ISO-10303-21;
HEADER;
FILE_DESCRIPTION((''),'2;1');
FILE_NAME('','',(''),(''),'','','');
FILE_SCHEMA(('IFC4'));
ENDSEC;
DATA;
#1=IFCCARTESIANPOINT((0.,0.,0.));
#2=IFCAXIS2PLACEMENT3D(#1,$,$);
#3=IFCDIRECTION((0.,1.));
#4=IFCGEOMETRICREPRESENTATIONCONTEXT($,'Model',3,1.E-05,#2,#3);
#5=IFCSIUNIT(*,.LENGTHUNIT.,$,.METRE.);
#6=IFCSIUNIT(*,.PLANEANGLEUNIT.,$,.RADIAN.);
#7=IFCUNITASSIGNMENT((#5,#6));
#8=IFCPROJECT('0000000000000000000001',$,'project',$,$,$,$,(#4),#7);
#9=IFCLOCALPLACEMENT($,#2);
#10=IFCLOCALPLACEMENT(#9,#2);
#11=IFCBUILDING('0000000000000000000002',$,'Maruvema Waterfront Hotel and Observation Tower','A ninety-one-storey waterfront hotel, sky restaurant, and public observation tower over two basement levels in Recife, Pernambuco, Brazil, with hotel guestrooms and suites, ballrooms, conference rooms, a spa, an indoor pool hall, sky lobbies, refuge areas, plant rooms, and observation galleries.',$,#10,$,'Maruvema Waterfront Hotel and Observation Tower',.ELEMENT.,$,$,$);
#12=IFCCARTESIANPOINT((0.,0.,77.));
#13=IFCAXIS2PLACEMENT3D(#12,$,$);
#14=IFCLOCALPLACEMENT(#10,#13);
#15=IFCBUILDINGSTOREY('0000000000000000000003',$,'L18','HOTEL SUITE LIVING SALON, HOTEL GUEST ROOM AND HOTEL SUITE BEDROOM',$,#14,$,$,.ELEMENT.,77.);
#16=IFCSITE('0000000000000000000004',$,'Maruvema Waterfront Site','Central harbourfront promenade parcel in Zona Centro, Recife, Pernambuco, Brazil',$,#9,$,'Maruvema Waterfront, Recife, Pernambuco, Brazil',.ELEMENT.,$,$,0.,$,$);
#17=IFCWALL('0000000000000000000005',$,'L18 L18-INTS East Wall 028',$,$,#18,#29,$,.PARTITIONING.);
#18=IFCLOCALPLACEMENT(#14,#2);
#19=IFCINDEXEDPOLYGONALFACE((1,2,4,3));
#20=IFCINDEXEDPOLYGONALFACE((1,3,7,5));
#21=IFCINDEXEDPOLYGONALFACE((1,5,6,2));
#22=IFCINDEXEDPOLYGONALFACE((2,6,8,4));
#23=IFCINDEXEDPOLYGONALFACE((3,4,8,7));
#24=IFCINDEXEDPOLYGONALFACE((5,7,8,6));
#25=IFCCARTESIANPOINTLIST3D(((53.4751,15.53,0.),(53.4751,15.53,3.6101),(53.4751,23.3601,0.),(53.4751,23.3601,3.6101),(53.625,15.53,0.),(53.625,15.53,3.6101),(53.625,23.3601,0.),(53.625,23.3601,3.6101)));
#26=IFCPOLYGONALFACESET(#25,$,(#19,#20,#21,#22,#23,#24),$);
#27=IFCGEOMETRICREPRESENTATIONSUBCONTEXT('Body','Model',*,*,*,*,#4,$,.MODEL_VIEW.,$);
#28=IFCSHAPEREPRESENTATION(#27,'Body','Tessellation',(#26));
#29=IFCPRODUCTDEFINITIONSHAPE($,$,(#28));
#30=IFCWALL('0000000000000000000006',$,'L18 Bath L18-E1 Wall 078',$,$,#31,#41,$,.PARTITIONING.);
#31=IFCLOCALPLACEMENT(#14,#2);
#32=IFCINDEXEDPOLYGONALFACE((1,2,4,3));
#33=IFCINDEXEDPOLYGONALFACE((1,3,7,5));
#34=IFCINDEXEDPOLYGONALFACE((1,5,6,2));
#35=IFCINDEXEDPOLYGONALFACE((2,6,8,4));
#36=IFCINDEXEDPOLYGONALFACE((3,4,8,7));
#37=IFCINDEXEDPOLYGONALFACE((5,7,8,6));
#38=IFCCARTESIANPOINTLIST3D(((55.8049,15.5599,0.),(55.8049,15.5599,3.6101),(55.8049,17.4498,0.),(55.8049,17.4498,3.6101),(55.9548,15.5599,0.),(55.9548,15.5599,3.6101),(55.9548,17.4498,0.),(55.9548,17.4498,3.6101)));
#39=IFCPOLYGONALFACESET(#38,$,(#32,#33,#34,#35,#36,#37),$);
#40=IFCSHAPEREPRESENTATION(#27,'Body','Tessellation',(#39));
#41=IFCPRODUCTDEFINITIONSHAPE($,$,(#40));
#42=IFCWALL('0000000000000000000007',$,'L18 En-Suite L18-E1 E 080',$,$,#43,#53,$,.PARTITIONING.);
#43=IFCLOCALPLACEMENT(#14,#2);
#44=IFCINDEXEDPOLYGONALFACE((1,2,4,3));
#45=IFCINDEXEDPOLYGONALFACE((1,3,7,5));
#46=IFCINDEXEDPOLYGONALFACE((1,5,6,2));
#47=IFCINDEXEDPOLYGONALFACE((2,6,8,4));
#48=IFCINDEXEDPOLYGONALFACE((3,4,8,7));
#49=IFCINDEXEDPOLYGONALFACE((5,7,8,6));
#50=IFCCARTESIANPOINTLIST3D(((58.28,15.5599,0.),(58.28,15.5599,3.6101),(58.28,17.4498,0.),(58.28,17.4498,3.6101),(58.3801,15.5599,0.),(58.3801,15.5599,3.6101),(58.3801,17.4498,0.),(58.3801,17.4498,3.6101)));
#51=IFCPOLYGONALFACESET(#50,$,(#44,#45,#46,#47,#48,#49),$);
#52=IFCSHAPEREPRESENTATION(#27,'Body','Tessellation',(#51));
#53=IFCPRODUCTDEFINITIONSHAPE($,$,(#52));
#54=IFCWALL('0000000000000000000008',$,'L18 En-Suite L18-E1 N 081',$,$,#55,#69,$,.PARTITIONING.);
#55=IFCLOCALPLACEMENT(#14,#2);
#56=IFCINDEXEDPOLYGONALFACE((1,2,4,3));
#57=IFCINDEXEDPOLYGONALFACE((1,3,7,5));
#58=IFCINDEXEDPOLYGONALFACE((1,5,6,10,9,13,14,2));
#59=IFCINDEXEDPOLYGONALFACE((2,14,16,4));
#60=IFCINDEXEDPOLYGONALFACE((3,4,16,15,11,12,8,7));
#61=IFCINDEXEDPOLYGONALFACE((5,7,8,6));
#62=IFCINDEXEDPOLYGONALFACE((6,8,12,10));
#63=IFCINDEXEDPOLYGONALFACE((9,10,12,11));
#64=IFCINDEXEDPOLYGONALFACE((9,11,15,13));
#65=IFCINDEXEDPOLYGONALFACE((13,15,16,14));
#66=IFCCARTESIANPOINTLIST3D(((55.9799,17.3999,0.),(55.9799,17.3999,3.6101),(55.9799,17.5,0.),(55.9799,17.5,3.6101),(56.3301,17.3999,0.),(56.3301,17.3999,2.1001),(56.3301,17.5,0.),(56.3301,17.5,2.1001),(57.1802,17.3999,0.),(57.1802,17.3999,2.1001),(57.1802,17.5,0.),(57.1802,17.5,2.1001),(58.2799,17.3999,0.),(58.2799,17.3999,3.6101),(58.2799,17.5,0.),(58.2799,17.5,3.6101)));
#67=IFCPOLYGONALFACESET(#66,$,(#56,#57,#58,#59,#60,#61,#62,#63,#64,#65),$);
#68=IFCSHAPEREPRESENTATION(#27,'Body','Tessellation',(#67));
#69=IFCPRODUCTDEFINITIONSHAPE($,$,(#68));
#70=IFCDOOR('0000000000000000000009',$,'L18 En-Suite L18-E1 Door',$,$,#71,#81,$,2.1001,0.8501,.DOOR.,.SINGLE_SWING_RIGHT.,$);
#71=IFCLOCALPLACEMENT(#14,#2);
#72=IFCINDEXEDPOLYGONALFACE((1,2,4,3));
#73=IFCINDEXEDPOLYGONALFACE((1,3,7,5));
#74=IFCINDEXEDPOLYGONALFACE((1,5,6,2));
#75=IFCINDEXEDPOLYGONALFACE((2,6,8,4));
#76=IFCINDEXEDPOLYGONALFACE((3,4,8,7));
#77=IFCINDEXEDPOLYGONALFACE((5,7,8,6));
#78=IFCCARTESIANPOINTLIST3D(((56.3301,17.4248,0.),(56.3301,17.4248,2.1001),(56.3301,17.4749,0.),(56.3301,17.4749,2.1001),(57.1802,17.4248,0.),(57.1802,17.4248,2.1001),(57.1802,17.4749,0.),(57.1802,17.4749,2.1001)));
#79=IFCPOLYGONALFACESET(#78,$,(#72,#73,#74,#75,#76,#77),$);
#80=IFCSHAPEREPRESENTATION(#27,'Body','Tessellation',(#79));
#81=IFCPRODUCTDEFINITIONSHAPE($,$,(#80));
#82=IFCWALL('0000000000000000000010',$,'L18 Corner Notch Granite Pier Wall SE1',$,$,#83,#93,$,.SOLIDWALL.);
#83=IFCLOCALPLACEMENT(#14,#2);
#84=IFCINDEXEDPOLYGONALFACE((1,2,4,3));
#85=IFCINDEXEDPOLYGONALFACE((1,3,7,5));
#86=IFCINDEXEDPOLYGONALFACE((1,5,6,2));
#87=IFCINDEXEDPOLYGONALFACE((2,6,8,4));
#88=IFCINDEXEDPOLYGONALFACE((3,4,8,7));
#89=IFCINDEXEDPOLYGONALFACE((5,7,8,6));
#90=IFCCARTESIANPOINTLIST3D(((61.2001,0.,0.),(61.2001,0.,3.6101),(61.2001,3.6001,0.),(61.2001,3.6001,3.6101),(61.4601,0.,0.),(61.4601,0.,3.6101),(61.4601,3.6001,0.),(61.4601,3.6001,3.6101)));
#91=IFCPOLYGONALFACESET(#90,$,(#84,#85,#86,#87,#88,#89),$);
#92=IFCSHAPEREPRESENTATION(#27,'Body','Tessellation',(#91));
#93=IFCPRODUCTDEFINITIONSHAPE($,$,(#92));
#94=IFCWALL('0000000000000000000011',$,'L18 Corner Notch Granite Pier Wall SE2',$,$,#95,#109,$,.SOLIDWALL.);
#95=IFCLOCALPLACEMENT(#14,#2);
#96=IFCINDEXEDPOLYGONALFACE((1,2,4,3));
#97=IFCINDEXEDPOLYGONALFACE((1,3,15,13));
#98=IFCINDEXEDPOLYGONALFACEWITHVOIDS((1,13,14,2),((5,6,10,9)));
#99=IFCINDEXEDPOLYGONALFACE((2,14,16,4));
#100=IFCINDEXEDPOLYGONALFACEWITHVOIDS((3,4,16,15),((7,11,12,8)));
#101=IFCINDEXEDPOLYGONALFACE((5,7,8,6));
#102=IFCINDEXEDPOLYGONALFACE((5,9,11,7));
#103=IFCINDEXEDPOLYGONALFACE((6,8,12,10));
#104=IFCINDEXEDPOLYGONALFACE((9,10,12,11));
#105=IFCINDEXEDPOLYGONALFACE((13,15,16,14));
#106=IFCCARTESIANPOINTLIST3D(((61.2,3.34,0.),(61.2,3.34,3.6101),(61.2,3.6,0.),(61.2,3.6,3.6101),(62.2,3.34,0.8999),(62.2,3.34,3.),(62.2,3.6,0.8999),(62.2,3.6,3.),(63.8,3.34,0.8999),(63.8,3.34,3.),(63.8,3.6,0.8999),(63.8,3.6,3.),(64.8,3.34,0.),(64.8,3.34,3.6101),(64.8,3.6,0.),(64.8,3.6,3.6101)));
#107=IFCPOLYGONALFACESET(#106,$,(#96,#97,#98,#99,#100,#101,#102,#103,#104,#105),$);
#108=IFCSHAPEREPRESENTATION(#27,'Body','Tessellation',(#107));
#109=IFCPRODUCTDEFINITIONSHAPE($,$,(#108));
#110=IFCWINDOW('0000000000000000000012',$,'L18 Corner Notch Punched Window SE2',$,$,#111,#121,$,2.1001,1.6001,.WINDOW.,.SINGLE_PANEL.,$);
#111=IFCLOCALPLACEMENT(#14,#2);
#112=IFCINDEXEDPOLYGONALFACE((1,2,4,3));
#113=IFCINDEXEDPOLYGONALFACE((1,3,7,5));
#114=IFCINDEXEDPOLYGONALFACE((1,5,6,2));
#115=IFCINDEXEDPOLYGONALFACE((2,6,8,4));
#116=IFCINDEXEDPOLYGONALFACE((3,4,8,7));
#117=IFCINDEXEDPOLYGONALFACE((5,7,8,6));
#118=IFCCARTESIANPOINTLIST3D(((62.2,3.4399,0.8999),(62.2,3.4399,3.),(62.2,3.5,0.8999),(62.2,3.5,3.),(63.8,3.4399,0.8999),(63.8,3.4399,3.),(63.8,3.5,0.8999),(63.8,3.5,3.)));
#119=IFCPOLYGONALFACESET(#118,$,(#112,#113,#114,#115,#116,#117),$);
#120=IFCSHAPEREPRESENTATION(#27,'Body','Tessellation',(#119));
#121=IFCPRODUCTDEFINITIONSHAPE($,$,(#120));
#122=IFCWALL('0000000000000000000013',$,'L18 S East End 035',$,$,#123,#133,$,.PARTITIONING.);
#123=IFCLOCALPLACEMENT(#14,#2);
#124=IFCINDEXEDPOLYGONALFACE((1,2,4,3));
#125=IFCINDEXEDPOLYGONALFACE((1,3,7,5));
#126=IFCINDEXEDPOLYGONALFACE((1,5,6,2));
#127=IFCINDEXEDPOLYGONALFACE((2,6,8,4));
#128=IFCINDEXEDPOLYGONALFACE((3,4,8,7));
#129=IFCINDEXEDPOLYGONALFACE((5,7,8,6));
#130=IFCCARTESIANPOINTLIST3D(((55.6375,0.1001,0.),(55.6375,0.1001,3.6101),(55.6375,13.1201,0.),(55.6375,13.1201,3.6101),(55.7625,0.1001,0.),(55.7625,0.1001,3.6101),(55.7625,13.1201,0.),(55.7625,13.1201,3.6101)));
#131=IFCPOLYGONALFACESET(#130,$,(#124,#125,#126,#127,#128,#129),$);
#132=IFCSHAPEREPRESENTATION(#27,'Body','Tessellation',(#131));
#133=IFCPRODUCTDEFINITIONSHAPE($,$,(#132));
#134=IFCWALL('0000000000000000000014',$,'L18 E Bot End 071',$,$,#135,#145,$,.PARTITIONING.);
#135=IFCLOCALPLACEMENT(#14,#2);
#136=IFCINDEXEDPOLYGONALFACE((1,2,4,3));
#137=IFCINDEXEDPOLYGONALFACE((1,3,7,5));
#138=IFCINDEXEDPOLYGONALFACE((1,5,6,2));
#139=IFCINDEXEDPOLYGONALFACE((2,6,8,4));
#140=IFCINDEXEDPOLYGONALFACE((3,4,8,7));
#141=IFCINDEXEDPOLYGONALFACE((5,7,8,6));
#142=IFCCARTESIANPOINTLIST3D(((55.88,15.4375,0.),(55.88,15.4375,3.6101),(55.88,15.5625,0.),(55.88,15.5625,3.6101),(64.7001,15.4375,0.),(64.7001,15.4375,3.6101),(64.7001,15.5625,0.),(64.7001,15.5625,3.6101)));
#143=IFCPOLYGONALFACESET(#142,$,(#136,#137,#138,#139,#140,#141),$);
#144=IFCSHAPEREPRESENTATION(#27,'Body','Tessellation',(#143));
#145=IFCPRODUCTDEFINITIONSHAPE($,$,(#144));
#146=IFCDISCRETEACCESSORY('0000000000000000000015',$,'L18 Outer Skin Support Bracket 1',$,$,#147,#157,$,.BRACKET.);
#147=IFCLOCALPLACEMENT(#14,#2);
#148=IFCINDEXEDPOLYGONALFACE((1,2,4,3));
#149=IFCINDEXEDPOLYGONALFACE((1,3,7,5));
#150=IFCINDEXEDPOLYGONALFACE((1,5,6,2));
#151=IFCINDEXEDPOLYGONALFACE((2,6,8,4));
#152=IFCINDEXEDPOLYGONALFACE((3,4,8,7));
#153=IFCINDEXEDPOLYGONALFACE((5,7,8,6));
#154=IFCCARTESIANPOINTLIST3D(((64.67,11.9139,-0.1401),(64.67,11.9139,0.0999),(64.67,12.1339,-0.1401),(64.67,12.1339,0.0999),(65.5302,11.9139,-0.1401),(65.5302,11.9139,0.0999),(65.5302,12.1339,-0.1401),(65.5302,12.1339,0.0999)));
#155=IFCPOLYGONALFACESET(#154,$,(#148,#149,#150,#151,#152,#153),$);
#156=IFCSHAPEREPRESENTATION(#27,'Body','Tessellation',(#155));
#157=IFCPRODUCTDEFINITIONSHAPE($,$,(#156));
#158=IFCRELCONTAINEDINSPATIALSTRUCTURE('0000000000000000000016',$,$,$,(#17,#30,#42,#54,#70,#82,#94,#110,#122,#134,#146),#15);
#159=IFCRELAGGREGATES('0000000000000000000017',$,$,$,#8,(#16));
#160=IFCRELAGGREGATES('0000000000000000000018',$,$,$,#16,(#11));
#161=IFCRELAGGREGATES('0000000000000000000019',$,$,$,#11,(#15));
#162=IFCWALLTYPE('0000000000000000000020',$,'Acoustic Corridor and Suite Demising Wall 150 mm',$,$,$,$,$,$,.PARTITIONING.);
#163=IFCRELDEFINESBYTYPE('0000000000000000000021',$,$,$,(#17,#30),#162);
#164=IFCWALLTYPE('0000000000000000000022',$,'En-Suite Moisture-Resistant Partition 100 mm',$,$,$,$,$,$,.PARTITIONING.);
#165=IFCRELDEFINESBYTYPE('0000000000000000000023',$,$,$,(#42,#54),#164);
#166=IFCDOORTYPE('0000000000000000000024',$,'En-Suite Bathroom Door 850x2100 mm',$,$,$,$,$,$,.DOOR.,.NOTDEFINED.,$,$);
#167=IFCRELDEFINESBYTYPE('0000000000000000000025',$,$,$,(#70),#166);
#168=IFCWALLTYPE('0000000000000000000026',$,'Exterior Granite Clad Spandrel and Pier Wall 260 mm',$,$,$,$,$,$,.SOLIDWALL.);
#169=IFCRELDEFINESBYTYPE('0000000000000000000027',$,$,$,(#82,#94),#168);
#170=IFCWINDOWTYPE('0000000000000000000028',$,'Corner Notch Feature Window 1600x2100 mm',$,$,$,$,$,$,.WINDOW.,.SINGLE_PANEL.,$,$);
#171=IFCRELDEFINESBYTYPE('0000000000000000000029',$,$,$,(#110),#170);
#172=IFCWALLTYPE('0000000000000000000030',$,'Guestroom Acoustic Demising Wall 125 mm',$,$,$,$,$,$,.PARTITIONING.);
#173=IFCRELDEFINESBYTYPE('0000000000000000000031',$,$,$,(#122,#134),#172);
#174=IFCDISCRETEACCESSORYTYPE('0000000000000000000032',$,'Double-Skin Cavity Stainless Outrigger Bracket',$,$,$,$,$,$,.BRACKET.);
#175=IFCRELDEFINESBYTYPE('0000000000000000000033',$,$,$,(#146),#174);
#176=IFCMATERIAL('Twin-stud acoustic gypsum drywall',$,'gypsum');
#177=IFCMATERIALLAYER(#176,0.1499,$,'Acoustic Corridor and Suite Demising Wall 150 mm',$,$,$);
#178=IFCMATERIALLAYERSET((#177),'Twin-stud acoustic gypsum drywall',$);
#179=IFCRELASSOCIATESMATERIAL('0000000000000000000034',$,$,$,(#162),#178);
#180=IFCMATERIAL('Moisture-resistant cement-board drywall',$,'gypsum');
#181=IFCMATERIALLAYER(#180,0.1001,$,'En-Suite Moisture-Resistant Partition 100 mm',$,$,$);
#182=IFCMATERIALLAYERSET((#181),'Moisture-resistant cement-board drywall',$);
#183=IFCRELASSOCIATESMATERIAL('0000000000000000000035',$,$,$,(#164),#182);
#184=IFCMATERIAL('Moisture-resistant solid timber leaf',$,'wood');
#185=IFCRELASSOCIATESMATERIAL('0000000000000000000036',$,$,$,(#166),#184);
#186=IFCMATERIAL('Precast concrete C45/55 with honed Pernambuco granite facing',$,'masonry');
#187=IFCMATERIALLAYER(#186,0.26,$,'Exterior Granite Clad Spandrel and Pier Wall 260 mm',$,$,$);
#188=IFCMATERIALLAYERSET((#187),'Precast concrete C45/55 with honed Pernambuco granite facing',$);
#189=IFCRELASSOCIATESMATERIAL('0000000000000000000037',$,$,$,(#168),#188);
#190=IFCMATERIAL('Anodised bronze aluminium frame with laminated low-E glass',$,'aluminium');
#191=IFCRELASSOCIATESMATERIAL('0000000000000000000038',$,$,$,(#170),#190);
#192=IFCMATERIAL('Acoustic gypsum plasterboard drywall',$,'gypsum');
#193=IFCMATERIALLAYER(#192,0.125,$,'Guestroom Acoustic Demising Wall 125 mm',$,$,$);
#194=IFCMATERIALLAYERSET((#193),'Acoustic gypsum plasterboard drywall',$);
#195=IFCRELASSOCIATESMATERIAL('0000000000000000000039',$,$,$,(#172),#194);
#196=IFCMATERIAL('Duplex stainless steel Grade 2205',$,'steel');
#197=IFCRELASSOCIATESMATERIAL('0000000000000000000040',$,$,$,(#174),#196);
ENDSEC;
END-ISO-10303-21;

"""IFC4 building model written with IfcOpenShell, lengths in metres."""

from ifc_helpers import new_model, si_unit, direction, frame, frame_2d, origin, origin_2d, place, context, subcontext, project, spatial, rectangle, extrude, material, layer, layer_set, type_object, element, fill, save


model = new_model("IFC4")

# Units and contexts
model_context = context("Model", 3, precision=1e-05, world=origin(), true_north=direction((0.0, 1.0)))
body_context = subcontext(model_context, "Body", "Model", "MODEL_VIEW")
ifc_project = project(units=[si_unit("LENGTHUNIT", "METRE"), si_unit("PLANEANGLEUNIT", "RADIAN")], contexts=[model_context])

# Site, building, storey
site_placement = place(None, origin())
site = spatial("IfcSite", under=ifc_project, at=site_placement, Name="Maruvema Waterfront Site", Description="Central harbourfront promenade parcel in Zona Centro, Recife, Pernambuco, Brazil", LongName="Maruvema Waterfront, Recife, Pernambuco, Brazil", CompositionType="ELEMENT", RefElevation=0.0)
building_placement = place(site_placement, origin())
building = spatial("IfcBuilding", under=site, at=building_placement, Name="Maruvema Waterfront Hotel and Observation Tower", Description="A ninety-one-storey waterfront hotel, sky restaurant, and public observation tower over two basement levels in Recife, Pernambuco, Brazil, with hotel guestrooms and suites, ballrooms, conference rooms, a spa, an indoor pool hall, sky lobbies, refuge areas, plant rooms, and observation galleries.", LongName="Maruvema Waterfront Hotel and Observation Tower", CompositionType="ELEMENT")
storey_placement = place(building_placement, frame((0.0, 0.0, 77.0)))
storey = spatial("IfcBuildingStorey", under=building, at=storey_placement, Name="L18", Description="HOTEL SUITE LIVING SALON, HOTEL GUEST ROOM AND HOTEL SUITE BEDROOM", CompositionType="ELEMENT", Elevation=77.0)

# Walls
ifc_material_1 = material(Name="Twin-stud acoustic gypsum drywall", Category="gypsum")
ifc_layer_1 = layer(ifc_material_1, 0.1499, Name="Acoustic Corridor and Suite Demising Wall 150 mm")
ifc_layer_set_1 = layer_set([ifc_layer_1], Name="Twin-stud acoustic gypsum drywall")
wall_type_1 = type_object("IfcWallType", Name="Acoustic Corridor and Suite Demising Wall 150 mm", PredefinedType="PARTITIONING", material=ifc_layer_set_1)
wall_1_placement = place(storey_placement, frame((53.55, 15.53, 0.0), z_axis=(0.0, 0.0, 1.0), x_axis=(0.0, 1.0, 0.0)))
element("IfcWall", 1, at=wall_1_placement, inside=storey, type_object=wall_type_1, Name="L18 L18-INTS East Wall 028", PredefinedType="PARTITIONING", context=body_context, shape_type="SweptSolid", body=[
    extrude(rectangle(XDim=7.8301, YDim=0.1499, at=frame_2d((3.915, 0.0))), origin(), (0.0, 0.0, 1.0), 3.6101),
])
wall_2_placement = place(storey_placement, frame((55.8799, 15.5601, 0.0), z_axis=(0.0, 0.0, 1.0), x_axis=(0.0, 1.0, 0.0)))
element("IfcWall", 2, at=wall_2_placement, inside=storey, type_object=wall_type_1, Name="L18 Bath L18-E1 Wall 078", PredefinedType="PARTITIONING", context=body_context, shape_type="SweptSolid", body=[
    extrude(rectangle(XDim=1.8899, YDim=0.1499, at=frame_2d((0.9448, 0.0))), origin(), (0.0, 0.0, 1.0), 3.6101),
])

# Wall
ifc_material_2 = material(Name="Moisture-resistant cement-board drywall", Category="gypsum")
ifc_layer_2 = layer(ifc_material_2, 0.1001, Name="En-Suite Moisture-Resistant Partition 100 mm")
ifc_layer_set_2 = layer_set([ifc_layer_2], Name="Moisture-resistant cement-board drywall")
wall_type_2 = type_object("IfcWallType", Name="En-Suite Moisture-Resistant Partition 100 mm", PredefinedType="PARTITIONING", material=ifc_layer_set_2)
wall_3_placement = place(storey_placement, frame((58.3301, 15.5601, 0.0), z_axis=(0.0, 0.0, 1.0), x_axis=(0.0, 1.0, 0.0)))
element("IfcWall", 3, at=wall_3_placement, inside=storey, type_object=wall_type_2, Name="L18 En-Suite L18-E1 E 080", PredefinedType="PARTITIONING", context=body_context, shape_type="SweptSolid", body=[
    extrude(rectangle(XDim=1.8899, YDim=0.1001, at=frame_2d((0.9448, 0.0))), origin(), (0.0, 0.0, 1.0), 3.6101),
])

# Wall, opening, door
wall_4_placement = place(storey_placement, frame((55.98, 17.45, 0.0), z_axis=(0.0, 0.0, 1.0), x_axis=(1.0, 0.0, 0.0)))
wall_4 = element("IfcWall", 4, at=wall_4_placement, inside=storey, type_object=wall_type_2, Name="L18 En-Suite L18-E1 N 081", PredefinedType="PARTITIONING", context=body_context, shape_type="SweptSolid", body=[
    extrude(rectangle(XDim=2.3, YDim=0.1001, at=frame_2d((1.1499, 0.0))), origin(), (0.0, 0.0, 1.0), 3.6101),
])
opening_1_placement = place(wall_4_placement, frame((0.3501, 0.0, 0.0)))
opening_1 = element("IfcOpeningElement", 5, at=opening_1_placement, cuts=wall_4, PredefinedType="OPENING", context=body_context, shape_type="SweptSolid", body=[
    extrude(rectangle(XDim=0.8501, YDim=2.1001, at=frame_2d((0.425, 1.05))), frame((0.0, 0.0601, 0.0), z_axis=(0.0, -1.0, 0.0), x_axis=(1.0, 0.0, 0.0)), (0.0, 0.0, 1.0), 0.1201),
])
ifc_material_3 = material(Name="Moisture-resistant solid timber leaf", Category="wood")
door_type_1 = type_object("IfcDoorType", Name="En-Suite Bathroom Door 850x2100 mm", OperationType="NOTDEFINED", PredefinedType="DOOR", material=ifc_material_3)
door_1_placement = place(opening_1_placement, origin())
door_1 = element("IfcDoor", 6, at=door_1_placement, inside=storey, type_object=door_type_1, Name="L18 En-Suite L18-E1 Door", OperationType="SINGLE_SWING_RIGHT", OverallHeight=2.1001, OverallWidth=0.8501, PredefinedType="DOOR", context=body_context, shape_type="SweptSolid", body=[
    extrude(rectangle(XDim=0.8501, YDim=2.1001, at=frame_2d((0.425, 1.05))), frame((0.0, 0.0249, 0.0), z_axis=(0.0, -1.0, 0.0), x_axis=(1.0, 0.0, 0.0)), (0.0, 0.0, 1.0), 0.05),
])
fill(opening_1, door_1)

# Wall
ifc_material_4 = material(Name="Precast concrete C45/55 with honed Pernambuco granite facing", Category="masonry")
ifc_layer_3 = layer(ifc_material_4, 0.26, Name="Exterior Granite Clad Spandrel and Pier Wall 260 mm")
ifc_layer_set_3 = layer_set([ifc_layer_3], Name="Precast concrete C45/55 with honed Pernambuco granite facing")
wall_type_3 = type_object("IfcWallType", Name="Exterior Granite Clad Spandrel and Pier Wall 260 mm", PredefinedType="SOLIDWALL", material=ifc_layer_set_3)
wall_5_placement = place(storey_placement, frame((61.3301, 3.6001, 0.0), z_axis=(0.0, 0.0, 1.0), x_axis=(0.0, -1.0, 0.0)))
element("IfcWall", 7, at=wall_5_placement, inside=storey, type_object=wall_type_3, Name="L18 Corner Notch Granite Pier Wall SE1", PredefinedType="SOLIDWALL", context=body_context, shape_type="SweptSolid", body=[
    extrude(rectangle(XDim=3.6001, YDim=0.26, at=frame_2d((1.8, 0.0))), origin(), (0.0, 0.0, 1.0), 3.6101),
])

# Wall, opening, window
wall_6_placement = place(storey_placement, frame((64.8, 3.47, 0.0), z_axis=(0.0, 0.0, 1.0), x_axis=(-1.0, 0.0, 0.0)))
wall_6 = element("IfcWall", 8, at=wall_6_placement, inside=storey, type_object=wall_type_3, Name="L18 Corner Notch Granite Pier Wall SE2", PredefinedType="SOLIDWALL", context=body_context, shape_type="SweptSolid", body=[
    extrude(rectangle(XDim=3.6001, YDim=0.26, at=frame_2d((1.8, 0.0))), origin(), (0.0, 0.0, 1.0), 3.6101),
])
opening_2_placement = place(wall_6_placement, frame((1.0, 0.0, 0.8999)))
opening_2 = element("IfcOpeningElement", 9, at=opening_2_placement, cuts=wall_6, PredefinedType="OPENING", context=body_context, shape_type="SweptSolid", body=[
    extrude(rectangle(XDim=1.6001, YDim=2.1001, at=frame_2d((0.8, 1.05))), frame((0.0, 0.1401, 0.0), z_axis=(0.0, -1.0, 0.0), x_axis=(1.0, 0.0, 0.0)), (0.0, 0.0, 1.0), 0.28),
])
ifc_material_5 = material(Name="Anodised bronze aluminium frame with laminated low-E glass", Category="aluminium")
window_type = type_object("IfcWindowType", Name="Corner Notch Feature Window 1600x2100 mm", PartitioningType="SINGLE_PANEL", PredefinedType="WINDOW", material=ifc_material_5)
window_placement = place(opening_2_placement, origin())
window = element("IfcWindow", 10, at=window_placement, inside=storey, type_object=window_type, Name="L18 Corner Notch Punched Window SE2", OverallHeight=2.1001, OverallWidth=1.6001, PartitioningType="SINGLE_PANEL", PredefinedType="WINDOW", context=body_context, shape_type="SweptSolid", body=[
    extrude(rectangle(XDim=1.6001, YDim=2.1001, at=frame_2d((0.8, 1.05))), frame((0.0, 0.03, 0.0), z_axis=(0.0, -1.0, 0.0), x_axis=(1.0, 0.0, 0.0)), (0.0, 0.0, 1.0), 0.0601),
])
fill(opening_2, window)

# Walls
ifc_material_6 = material(Name="Acoustic gypsum plasterboard drywall", Category="gypsum")
ifc_layer_4 = layer(ifc_material_6, 0.125, Name="Guestroom Acoustic Demising Wall 125 mm")
ifc_layer_set_4 = layer_set([ifc_layer_4], Name="Acoustic gypsum plasterboard drywall")
wall_type_4 = type_object("IfcWallType", Name="Guestroom Acoustic Demising Wall 125 mm", PredefinedType="PARTITIONING", material=ifc_layer_set_4)
wall_7_placement = place(storey_placement, frame((55.7, 0.1001, 0.0), z_axis=(0.0, 0.0, 1.0), x_axis=(0.0, 1.0, 0.0)))
element("IfcWall", 11, at=wall_7_placement, inside=storey, type_object=wall_type_4, Name="L18 S East End 035", PredefinedType="PARTITIONING", context=body_context, shape_type="SweptSolid", body=[
    extrude(rectangle(XDim=13.02, YDim=0.125, at=frame_2d((6.51, 0.0))), origin(), (0.0, 0.0, 1.0), 3.6101),
])
wall_8_placement = place(storey_placement, frame((55.8799, 15.5, 0.0), z_axis=(0.0, 0.0, 1.0), x_axis=(1.0, 0.0, 0.0)))
element("IfcWall", 12, at=wall_8_placement, inside=storey, type_object=wall_type_4, Name="L18 E Bot End 071", PredefinedType="PARTITIONING", context=body_context, shape_type="SweptSolid", body=[
    extrude(rectangle(XDim=8.8201, YDim=0.125, at=frame_2d((4.4102, 0.0))), origin(), (0.0, 0.0, 1.0), 3.6101),
])

# Discrete accessory
ifc_material_7 = material(Name="Duplex stainless steel Grade 2205", Category="steel")
discrete_accessory_type = type_object("IfcDiscreteAccessoryType", Name="Double-Skin Cavity Stainless Outrigger Bracket", PredefinedType="BRACKET", material=ifc_material_7)
discrete_accessory_placement = place(storey_placement, frame((65.1001, 12.0239, -0.1401), z_axis=(0.0, 0.0, 1.0), x_axis=(0.0, 1.0, 0.0)))
element("IfcDiscreteAccessory", 13, at=discrete_accessory_placement, inside=storey, type_object=discrete_accessory_type, Name="L18 Outer Skin Support Bracket 1", PredefinedType="BRACKET", context=body_context, shape_type="SweptSolid", body=[
    extrude(rectangle(XDim=0.22, YDim=0.8601, at=origin_2d()), origin(), (0.0, 0.0, 1.0), 0.24),
])

save(model, "model.ifc")
